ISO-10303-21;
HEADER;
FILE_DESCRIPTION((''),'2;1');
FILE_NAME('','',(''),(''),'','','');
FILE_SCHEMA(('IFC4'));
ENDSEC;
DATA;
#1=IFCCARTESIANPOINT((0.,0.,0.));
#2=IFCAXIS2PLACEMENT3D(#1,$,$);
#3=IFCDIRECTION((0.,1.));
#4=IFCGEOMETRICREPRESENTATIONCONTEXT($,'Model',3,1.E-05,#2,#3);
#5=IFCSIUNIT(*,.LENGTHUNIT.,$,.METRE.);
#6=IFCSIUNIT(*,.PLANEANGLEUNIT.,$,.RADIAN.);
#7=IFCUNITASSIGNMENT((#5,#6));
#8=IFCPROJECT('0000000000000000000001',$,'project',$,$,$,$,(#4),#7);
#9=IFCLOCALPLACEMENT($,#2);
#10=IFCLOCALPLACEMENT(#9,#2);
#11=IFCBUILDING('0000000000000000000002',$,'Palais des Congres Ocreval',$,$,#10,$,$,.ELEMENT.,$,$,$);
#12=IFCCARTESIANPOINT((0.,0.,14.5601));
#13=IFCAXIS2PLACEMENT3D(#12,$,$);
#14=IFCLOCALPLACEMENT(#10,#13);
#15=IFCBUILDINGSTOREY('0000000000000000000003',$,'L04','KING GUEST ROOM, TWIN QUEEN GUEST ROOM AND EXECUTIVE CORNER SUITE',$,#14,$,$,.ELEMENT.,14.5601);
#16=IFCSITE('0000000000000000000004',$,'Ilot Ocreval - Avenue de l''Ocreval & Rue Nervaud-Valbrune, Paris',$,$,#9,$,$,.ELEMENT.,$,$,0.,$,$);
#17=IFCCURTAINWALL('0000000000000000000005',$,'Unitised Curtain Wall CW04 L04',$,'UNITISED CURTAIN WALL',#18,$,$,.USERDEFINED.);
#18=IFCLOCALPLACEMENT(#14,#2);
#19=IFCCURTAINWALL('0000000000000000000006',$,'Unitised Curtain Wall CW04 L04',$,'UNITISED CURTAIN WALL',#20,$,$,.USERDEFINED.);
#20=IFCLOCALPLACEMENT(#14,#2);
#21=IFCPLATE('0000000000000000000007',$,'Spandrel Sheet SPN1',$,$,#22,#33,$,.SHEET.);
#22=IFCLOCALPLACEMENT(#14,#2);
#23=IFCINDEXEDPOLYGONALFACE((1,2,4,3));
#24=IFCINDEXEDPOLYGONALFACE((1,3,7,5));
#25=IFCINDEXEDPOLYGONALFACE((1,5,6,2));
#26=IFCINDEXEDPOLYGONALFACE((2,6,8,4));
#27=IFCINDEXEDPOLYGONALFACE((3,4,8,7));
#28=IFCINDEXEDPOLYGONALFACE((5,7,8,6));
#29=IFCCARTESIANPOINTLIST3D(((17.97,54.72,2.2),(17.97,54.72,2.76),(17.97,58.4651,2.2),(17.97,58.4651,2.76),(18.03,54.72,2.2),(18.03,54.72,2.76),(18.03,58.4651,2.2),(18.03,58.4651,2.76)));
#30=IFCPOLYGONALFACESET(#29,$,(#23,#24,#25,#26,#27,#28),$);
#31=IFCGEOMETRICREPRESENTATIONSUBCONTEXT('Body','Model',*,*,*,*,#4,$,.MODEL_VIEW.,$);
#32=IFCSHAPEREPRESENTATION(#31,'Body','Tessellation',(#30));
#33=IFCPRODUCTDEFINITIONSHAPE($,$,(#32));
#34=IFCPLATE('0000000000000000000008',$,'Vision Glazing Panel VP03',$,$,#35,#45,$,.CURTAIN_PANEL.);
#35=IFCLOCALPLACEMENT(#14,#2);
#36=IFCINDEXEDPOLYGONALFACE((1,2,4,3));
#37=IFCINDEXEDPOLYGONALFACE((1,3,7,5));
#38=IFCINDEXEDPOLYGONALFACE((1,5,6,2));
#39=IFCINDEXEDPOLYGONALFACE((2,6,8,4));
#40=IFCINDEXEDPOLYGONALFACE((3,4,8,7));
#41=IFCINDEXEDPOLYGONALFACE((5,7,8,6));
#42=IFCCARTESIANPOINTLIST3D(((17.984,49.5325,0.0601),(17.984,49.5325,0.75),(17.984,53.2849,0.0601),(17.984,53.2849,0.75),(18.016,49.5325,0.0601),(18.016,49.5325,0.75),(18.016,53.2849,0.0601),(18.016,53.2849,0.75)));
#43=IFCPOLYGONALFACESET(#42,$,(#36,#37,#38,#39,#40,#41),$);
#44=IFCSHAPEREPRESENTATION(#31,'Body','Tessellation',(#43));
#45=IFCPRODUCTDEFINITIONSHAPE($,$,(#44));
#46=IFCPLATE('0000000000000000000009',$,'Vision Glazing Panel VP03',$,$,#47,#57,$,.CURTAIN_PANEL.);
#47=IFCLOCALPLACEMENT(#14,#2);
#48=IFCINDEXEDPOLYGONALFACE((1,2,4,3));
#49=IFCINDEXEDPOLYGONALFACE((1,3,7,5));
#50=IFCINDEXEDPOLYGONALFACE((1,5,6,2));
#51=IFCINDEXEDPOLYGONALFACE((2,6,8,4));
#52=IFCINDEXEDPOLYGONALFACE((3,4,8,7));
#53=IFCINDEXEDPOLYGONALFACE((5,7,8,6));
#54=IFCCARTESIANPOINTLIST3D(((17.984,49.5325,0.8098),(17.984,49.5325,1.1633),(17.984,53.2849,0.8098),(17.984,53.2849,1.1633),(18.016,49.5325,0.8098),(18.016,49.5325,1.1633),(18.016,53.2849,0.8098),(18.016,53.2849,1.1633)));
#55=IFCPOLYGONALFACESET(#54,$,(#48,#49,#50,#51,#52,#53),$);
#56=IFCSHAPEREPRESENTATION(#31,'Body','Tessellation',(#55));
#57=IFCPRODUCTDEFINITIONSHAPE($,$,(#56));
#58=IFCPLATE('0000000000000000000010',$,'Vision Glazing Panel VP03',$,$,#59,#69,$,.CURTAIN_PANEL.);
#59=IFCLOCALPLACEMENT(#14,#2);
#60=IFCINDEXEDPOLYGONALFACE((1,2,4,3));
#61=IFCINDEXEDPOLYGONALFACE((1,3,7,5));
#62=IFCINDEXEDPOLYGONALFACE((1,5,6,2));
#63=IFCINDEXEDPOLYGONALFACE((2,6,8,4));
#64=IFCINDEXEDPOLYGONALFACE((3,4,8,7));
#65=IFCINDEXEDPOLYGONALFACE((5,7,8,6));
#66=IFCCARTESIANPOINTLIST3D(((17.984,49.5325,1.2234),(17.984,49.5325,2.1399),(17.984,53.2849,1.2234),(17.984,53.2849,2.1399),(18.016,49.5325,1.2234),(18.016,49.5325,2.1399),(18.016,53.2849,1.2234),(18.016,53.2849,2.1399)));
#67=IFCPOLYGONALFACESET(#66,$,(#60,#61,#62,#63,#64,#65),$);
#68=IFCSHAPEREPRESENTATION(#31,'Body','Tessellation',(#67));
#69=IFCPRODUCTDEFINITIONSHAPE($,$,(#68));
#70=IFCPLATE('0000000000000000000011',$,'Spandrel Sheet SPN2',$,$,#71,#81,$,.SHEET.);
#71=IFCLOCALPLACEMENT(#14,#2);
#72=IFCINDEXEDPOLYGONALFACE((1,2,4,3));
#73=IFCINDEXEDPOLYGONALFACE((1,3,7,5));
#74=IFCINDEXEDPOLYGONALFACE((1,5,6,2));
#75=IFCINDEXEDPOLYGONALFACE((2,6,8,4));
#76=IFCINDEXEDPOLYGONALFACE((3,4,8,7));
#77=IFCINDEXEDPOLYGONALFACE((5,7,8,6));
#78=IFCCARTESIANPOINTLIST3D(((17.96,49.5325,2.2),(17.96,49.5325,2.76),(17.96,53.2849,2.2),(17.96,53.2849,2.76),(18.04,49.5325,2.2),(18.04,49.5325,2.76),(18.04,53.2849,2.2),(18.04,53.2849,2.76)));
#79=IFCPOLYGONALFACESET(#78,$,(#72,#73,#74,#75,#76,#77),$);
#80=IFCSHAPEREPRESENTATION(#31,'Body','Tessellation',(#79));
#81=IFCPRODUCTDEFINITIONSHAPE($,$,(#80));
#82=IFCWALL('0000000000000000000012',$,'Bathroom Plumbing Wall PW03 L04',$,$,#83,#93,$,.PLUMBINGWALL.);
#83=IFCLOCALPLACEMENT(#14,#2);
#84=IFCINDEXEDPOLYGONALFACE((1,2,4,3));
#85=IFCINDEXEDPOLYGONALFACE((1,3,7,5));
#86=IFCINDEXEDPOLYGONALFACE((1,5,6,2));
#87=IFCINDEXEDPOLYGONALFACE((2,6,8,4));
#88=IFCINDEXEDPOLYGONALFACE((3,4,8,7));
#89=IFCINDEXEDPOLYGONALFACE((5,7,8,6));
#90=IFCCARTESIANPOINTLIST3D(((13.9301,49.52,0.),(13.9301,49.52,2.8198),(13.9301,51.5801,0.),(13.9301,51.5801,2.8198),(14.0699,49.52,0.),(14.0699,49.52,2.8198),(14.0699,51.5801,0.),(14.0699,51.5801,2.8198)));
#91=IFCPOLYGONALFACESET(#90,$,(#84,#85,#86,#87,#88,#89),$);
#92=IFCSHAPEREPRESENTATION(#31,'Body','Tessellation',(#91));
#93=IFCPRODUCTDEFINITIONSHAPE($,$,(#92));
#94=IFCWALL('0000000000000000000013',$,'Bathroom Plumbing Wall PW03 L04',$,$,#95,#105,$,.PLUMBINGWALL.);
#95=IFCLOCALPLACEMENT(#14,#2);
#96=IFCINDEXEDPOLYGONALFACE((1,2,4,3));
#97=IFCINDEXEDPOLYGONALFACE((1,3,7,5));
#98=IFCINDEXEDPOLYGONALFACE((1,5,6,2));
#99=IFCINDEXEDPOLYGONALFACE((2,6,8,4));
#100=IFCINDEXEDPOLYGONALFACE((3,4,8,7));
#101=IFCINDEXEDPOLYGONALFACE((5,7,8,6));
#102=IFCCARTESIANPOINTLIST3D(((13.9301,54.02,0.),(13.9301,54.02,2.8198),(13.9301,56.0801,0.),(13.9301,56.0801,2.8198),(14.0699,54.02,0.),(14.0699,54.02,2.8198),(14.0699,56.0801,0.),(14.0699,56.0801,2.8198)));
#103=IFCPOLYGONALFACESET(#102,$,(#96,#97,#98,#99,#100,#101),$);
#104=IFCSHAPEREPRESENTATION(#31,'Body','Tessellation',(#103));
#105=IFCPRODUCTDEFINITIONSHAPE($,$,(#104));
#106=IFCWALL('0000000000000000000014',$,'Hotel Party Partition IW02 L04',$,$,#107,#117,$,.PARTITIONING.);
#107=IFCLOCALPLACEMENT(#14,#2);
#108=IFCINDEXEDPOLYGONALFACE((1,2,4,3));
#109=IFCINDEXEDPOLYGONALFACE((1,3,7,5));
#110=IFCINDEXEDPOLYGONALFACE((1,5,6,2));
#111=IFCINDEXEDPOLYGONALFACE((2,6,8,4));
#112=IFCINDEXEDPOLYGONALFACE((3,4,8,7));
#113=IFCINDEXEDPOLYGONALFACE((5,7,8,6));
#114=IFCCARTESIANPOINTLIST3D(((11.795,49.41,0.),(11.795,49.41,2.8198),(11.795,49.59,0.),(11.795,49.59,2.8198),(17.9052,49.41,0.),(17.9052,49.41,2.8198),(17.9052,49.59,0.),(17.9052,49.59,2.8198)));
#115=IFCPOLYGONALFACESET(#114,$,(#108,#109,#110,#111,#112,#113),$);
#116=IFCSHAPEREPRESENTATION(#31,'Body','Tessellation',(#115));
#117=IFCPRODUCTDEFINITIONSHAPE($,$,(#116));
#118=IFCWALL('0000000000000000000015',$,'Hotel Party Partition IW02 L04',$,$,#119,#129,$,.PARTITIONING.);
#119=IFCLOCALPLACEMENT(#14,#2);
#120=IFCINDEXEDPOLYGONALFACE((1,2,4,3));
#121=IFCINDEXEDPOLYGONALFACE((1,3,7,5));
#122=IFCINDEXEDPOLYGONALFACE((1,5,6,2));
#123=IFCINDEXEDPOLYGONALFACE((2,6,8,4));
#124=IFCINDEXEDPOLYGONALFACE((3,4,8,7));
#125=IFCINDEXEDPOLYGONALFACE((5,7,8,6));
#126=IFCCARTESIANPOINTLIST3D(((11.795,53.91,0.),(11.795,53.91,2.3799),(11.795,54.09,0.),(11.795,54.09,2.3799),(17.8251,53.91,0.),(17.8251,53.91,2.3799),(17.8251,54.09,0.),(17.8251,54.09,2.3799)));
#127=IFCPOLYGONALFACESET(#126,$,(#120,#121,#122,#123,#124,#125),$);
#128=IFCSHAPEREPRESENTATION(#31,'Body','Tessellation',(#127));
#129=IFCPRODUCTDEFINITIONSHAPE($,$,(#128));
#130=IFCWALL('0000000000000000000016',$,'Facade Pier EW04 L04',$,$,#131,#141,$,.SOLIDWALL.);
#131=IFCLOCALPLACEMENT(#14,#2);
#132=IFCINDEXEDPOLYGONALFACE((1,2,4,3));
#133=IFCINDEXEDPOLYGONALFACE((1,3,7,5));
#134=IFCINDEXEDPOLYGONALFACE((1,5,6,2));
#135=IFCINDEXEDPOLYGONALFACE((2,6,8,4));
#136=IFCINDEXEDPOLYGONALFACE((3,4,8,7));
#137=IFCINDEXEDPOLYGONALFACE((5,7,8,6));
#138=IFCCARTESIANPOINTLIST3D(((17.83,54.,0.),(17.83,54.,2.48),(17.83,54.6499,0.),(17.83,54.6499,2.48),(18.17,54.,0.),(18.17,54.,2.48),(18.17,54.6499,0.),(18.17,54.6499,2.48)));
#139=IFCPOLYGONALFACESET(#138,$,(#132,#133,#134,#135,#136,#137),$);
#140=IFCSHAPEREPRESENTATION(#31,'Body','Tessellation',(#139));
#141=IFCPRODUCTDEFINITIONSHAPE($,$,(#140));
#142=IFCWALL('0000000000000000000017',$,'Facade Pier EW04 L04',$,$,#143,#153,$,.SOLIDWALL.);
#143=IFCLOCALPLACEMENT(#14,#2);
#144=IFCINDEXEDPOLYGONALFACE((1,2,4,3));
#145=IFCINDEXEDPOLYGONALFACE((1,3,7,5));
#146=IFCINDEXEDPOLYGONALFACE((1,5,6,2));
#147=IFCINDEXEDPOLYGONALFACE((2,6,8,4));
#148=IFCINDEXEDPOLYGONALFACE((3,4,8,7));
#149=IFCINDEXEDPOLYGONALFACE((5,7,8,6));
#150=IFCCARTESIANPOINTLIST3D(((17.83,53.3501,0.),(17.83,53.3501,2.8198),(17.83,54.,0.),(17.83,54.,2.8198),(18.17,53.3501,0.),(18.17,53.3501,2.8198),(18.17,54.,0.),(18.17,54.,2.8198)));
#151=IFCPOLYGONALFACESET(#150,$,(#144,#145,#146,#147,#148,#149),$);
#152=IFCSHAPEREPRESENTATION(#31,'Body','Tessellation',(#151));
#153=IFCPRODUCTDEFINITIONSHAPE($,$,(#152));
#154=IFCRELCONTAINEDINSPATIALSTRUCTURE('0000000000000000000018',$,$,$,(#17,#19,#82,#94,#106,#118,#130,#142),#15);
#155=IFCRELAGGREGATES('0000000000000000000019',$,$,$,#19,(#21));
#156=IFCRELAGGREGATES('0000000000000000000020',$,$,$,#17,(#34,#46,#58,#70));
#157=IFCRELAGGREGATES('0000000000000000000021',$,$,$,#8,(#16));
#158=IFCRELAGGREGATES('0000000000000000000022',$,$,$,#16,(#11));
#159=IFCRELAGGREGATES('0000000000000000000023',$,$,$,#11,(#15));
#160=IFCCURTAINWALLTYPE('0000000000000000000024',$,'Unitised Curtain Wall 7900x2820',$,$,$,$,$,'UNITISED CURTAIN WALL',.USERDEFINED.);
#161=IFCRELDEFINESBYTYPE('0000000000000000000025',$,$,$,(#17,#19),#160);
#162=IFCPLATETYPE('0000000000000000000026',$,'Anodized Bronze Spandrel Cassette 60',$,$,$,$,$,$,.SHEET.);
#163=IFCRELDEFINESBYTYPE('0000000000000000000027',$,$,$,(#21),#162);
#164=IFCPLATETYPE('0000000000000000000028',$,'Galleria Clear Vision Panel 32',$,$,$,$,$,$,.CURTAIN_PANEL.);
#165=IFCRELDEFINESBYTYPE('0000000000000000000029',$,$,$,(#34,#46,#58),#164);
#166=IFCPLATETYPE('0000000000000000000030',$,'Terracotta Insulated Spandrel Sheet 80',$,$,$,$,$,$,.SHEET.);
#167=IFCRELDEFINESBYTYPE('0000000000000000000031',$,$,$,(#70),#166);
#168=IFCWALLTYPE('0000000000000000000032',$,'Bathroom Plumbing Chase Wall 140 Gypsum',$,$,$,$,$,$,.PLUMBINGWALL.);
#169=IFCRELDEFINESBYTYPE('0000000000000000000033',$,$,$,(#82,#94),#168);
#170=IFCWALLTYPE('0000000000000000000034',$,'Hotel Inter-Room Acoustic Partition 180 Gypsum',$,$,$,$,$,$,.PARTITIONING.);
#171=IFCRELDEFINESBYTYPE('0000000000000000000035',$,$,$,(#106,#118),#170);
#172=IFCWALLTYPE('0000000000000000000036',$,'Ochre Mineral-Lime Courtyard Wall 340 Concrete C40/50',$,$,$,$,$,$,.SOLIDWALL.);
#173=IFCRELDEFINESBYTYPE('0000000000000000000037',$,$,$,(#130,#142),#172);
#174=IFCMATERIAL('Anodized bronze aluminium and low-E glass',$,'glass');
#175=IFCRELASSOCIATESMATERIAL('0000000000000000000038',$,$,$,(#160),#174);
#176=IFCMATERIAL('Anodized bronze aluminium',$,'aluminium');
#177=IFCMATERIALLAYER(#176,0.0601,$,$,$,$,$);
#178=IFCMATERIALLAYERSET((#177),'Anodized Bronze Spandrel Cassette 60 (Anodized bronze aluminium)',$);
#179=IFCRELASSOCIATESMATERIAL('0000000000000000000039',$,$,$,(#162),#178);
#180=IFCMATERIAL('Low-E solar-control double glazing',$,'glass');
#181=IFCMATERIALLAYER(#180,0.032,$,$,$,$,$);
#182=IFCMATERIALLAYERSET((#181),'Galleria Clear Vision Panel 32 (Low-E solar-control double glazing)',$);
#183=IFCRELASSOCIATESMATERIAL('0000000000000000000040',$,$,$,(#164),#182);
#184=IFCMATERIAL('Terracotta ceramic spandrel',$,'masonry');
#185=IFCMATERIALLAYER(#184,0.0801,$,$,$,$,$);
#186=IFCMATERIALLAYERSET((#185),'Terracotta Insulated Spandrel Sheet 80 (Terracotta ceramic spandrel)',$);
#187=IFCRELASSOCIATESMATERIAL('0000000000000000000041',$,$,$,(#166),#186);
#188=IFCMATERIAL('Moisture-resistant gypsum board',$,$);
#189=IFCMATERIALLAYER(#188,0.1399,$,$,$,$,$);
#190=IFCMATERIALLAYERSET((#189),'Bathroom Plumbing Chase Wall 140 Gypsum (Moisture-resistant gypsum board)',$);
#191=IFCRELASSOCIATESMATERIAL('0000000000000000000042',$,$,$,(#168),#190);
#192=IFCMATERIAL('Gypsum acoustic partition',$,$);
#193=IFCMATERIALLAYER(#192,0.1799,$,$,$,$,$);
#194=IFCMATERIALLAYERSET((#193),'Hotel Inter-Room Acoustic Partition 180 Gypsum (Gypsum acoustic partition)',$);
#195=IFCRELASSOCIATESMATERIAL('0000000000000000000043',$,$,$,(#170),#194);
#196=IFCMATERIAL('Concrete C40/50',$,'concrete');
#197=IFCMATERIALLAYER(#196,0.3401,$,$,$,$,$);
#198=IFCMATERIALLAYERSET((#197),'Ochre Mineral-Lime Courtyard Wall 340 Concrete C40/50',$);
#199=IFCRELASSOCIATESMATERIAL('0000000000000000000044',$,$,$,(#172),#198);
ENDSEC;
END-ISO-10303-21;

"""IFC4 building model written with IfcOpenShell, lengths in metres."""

from ifc_helpers import new_model, si_unit, direction, frame, frame_2d, origin, origin_2d, place, context, subcontext, project, spatial, rectangle, extrude, material, layer, layer_set, type_object, element, aggregate, save


model = new_model("IFC4")

# Units and contexts
model_context = context("Model", 3, precision=1e-05, world=origin(), true_north=direction((0.0, 1.0)))
body_context = subcontext(model_context, "Body", "Model", "MODEL_VIEW")
ifc_project = project(units=[si_unit("LENGTHUNIT", "METRE"), si_unit("PLANEANGLEUNIT", "RADIAN")], contexts=[model_context])

# Site, building, storey
site_placement = place(None, origin())
site = spatial("IfcSite", under=ifc_project, at=site_placement, Name="Ilot Ocreval - Avenue de l'Ocreval & Rue Nervaud-Valbrune, Paris", CompositionType="ELEMENT", RefElevation=0.0)
building_placement = place(site_placement, origin())
building = spatial("IfcBuilding", under=site, at=building_placement, Name="Palais des Congres Ocreval", CompositionType="ELEMENT")
storey_placement = place(building_placement, frame((0.0, 0.0, 14.5601)))
storey = spatial("IfcBuildingStorey", under=building, at=storey_placement, Name="L04", Description="KING GUEST ROOM, TWIN QUEEN GUEST ROOM AND EXECUTIVE CORNER SUITE", CompositionType="ELEMENT", Elevation=14.5601)

# Shared definitions
ifc_material_1 = material(Name="Concrete C40/50", Category="concrete")

# Curtain wall
ifc_material_2 = material(Name="Anodized bronze aluminium and low-E glass", Category="glass")
curtain_wall_type = type_object("IfcCurtainWallType", Name="Unitised Curtain Wall 7900x2820", ElementType="UNITISED CURTAIN WALL", PredefinedType="USERDEFINED", material=ifc_material_2)
curtain_wall_1_placement = place(storey_placement, origin())
curtain_wall_1 = element("IfcCurtainWall", 1, at=curtain_wall_1_placement, inside=storey, type_object=curtain_wall_type, Name="Unitised Curtain Wall CW04 L04", ObjectType="UNITISED CURTAIN WALL", PredefinedType="USERDEFINED")
ifc_material_3 = material(Name="Anodized bronze aluminium", Category="aluminium")

# Curtain wall
curtain_wall_2_placement = place(storey_placement, origin())
curtain_wall_2 = element("IfcCurtainWall", 2, at=curtain_wall_2_placement, inside=storey, type_object=curtain_wall_type, Name="Unitised Curtain Wall CW04 L04", ObjectType="UNITISED CURTAIN WALL", PredefinedType="USERDEFINED")

# Plates
ifc_layer_1 = layer(ifc_material_3, 0.0601)
ifc_layer_set_1 = layer_set([ifc_layer_1], Name="Anodized Bronze Spandrel Cassette 60 (Anodized bronze aluminium)")
plate_type_1 = type_object("IfcPlateType", Name="Anodized Bronze Spandrel Cassette 60", PredefinedType="SHEET", material=ifc_layer_set_1)
plate_1_placement = place(storey_placement, frame((18.0, 56.5925, 2.2), z_axis=(0.0, 0.0, 1.0), x_axis=(0.0, -1.0, 0.0)))
plate_1 = element("IfcPlate", 3, at=plate_1_placement, type_object=plate_type_1, Name="Spandrel Sheet SPN1", PredefinedType="SHEET", context=body_context, shape_type="SweptSolid", body=[
    extrude(rectangle(XDim=3.7451, YDim=0.0601, at=origin_2d()), origin(), (0.0, 0.0, 1.0), 0.5601),
])
aggregate(curtain_wall_2, [plate_1])
ifc_material_4 = material(Name="Low-E solar-control double glazing", Category="glass")
ifc_layer_2 = layer(ifc_material_4, 0.032)
ifc_layer_set_2 = layer_set([ifc_layer_2], Name="Galleria Clear Vision Panel 32 (Low-E solar-control double glazing)")
plate_type_2 = type_object("IfcPlateType", Name="Galleria Clear Vision Panel 32", PredefinedType="CURTAIN_PANEL", material=ifc_layer_set_2)
plate_2_placement = place(storey_placement, frame((18.0, 51.4087, 0.0601), z_axis=(0.0, 0.0, 1.0), x_axis=(0.0, -1.0, 0.0)))
plate_2 = element("IfcPlate", 4, at=plate_2_placement, type_object=plate_type_2, Name="Vision Glazing Panel VP03", PredefinedType="CURTAIN_PANEL", context=body_context, shape_type="SweptSolid", body=[
    extrude(rectangle(XDim=3.7524, YDim=0.032, at=origin_2d()), origin(), (0.0, 0.0, 1.0), 0.6899),
])
plate_3_placement = place(storey_placement, frame((18.0, 51.4087, 0.8098), z_axis=(0.0, 0.0, 1.0), x_axis=(0.0, -1.0, 0.0)))
plate_3 = element("IfcPlate", 5, at=plate_3_placement, type_object=plate_type_2, Name="Vision Glazing Panel VP03", PredefinedType="CURTAIN_PANEL", context=body_context, shape_type="SweptSolid", body=[
    extrude(rectangle(XDim=3.7524, YDim=0.032, at=origin_2d()), origin(), (0.0, 0.0, 1.0), 0.3535),
])
plate_4_placement = place(storey_placement, frame((18.0, 51.4087, 1.2234), z_axis=(0.0, 0.0, 1.0), x_axis=(0.0, -1.0, 0.0)))
plate_4 = element("IfcPlate", 6, at=plate_4_placement, type_object=plate_type_2, Name="Vision Glazing Panel VP03", PredefinedType="CURTAIN_PANEL", context=body_context, shape_type="SweptSolid", body=[
    extrude(rectangle(XDim=3.7524, YDim=0.032, at=origin_2d()), origin(), (0.0, 0.0, 1.0), 0.9165),
])
ifc_material_5 = material(Name="Terracotta ceramic spandrel", Category="masonry")
ifc_layer_3 = layer(ifc_material_5, 0.0801)
ifc_layer_set_3 = layer_set([ifc_layer_3], Name="Terracotta Insulated Spandrel Sheet 80 (Terracotta ceramic spandrel)")
plate_type_3 = type_object("IfcPlateType", Name="Terracotta Insulated Spandrel Sheet 80", PredefinedType="SHEET", material=ifc_layer_set_3)
plate_5_placement = place(storey_placement, frame((18.0, 51.4087, 2.2), z_axis=(0.0, 0.0, 1.0), x_axis=(0.0, -1.0, 0.0)))
plate_5 = element("IfcPlate", 7, at=plate_5_placement, type_object=plate_type_3, Name="Spandrel Sheet SPN2", PredefinedType="SHEET", context=body_context, shape_type="SweptSolid", body=[
    extrude(rectangle(XDim=3.7524, YDim=0.0801, at=origin_2d()), origin(), (0.0, 0.0, 1.0), 0.5601),
])
aggregate(curtain_wall_1, [plate_2, plate_3, plate_4, plate_5])

# Walls
ifc_material_6 = material(Name="Moisture-resistant gypsum board")
ifc_layer_4 = layer(ifc_material_6, 0.1399)
ifc_layer_set_4 = layer_set([ifc_layer_4], Name="Bathroom Plumbing Chase Wall 140 Gypsum (Moisture-resistant gypsum board)")
wall_type_1 = type_object("IfcWallType", Name="Bathroom Plumbing Chase Wall 140 Gypsum", PredefinedType="PLUMBINGWALL", material=ifc_layer_set_4)
for number, where, z_axis, x_axis, name in (
    (8, (14.0, 49.52, 0.0), (0.0, 0.0, 1.0), (0.0, 1.0, 0.0), "Bathroom Plumbing Wall PW03 L04"),
    (9, (14.0, 54.02, 0.0), (0.0, 0.0, 1.0), (0.0, 1.0, 0.0), "Bathroom Plumbing Wall PW03 L04"),
):
    element("IfcWall", number, at=place(storey_placement, frame(where, z_axis=z_axis, x_axis=x_axis)), inside=storey, type_object=wall_type_1, Name=name, PredefinedType="PLUMBINGWALL", context=body_context, shape_type="SweptSolid", body=[
        extrude(rectangle(XDim=2.0601, YDim=0.1399, at=frame_2d((1.03, 0.0))), origin(), (0.0, 0.0, 1.0), 2.8198),
    ])
ifc_material_7 = material(Name="Gypsum acoustic partition")
ifc_layer_5 = layer(ifc_material_7, 0.1799)
ifc_layer_set_5 = layer_set([ifc_layer_5], Name="Hotel Inter-Room Acoustic Partition 180 Gypsum (Gypsum acoustic partition)")
wall_type_2 = type_object("IfcWallType", Name="Hotel Inter-Room Acoustic Partition 180 Gypsum", PredefinedType="PARTITIONING", material=ifc_layer_set_5)
wall_1_placement = place(storey_placement, frame((11.7949, 49.5, 0.0), z_axis=(0.0, 0.0, 1.0), x_axis=(1.0, 0.0, 0.0)))
element("IfcWall", 10, at=wall_1_placement, inside=storey, type_object=wall_type_2, Name="Hotel Party Partition IW02 L04", PredefinedType="PARTITIONING", context=body_context, shape_type="SweptSolid", body=[
    extrude(rectangle(XDim=6.1101, YDim=0.1799, at=frame_2d((3.0552, 0.0))), origin(), (0.0, 0.0, 1.0), 2.8198),
])
wall_2_placement = place(storey_placement, frame((11.7949, 54.0, 0.0), z_axis=(0.0, 0.0, 1.0), x_axis=(1.0, 0.0, 0.0)))
element("IfcWall", 11, at=wall_2_placement, inside=storey, type_object=wall_type_2, Name="Hotel Party Partition IW02 L04", PredefinedType="PARTITIONING", context=body_context, shape_type="SweptSolid", body=[
    extrude(rectangle(XDim=6.03, YDim=0.1799, at=frame_2d((3.0151, 0.0))), origin(), (0.0, 0.0, 1.0), 2.3799),
])
ifc_layer_6 = layer(ifc_material_1, 0.3401)
ifc_layer_set_6 = layer_set([ifc_layer_6], Name="Ochre Mineral-Lime Courtyard Wall 340 Concrete C40/50")
wall_type_3 = type_object("IfcWallType", Name="Ochre Mineral-Lime Courtyard Wall 340 Concrete C40/50", PredefinedType="SOLIDWALL", material=ifc_layer_set_6)
wall_3_placement = place(storey_placement, frame((18.0, 54.6499, 0.0), z_axis=(0.0, 0.0, 1.0), x_axis=(0.0, -1.0, 0.0)))
element("IfcWall", 12, at=wall_3_placement, inside=storey, type_object=wall_type_3, Name="Facade Pier EW04 L04", PredefinedType="SOLIDWALL", context=body_context, shape_type="SweptSolid", body=[
    extrude(rectangle(XDim=0.6499, YDim=0.3401, at=frame_2d((0.325, 0.0))), origin(), (0.0, 0.0, 1.0), 2.48),
])
wall_4_placement = place(storey_placement, frame((18.0, 54.0, 0.0), z_axis=(0.0, 0.0, 1.0), x_axis=(0.0, -1.0, 0.0)))
element("IfcWall", 13, at=wall_4_placement, inside=storey, type_object=wall_type_3, Name="Facade Pier EW04 L04", PredefinedType="SOLIDWALL", context=body_context, shape_type="SweptSolid", body=[
    extrude(rectangle(XDim=0.6499, YDim=0.3401, at=frame_2d((0.325, 0.0))), origin(), (0.0, 0.0, 1.0), 2.8198),
])

save(model, "model.ifc")
